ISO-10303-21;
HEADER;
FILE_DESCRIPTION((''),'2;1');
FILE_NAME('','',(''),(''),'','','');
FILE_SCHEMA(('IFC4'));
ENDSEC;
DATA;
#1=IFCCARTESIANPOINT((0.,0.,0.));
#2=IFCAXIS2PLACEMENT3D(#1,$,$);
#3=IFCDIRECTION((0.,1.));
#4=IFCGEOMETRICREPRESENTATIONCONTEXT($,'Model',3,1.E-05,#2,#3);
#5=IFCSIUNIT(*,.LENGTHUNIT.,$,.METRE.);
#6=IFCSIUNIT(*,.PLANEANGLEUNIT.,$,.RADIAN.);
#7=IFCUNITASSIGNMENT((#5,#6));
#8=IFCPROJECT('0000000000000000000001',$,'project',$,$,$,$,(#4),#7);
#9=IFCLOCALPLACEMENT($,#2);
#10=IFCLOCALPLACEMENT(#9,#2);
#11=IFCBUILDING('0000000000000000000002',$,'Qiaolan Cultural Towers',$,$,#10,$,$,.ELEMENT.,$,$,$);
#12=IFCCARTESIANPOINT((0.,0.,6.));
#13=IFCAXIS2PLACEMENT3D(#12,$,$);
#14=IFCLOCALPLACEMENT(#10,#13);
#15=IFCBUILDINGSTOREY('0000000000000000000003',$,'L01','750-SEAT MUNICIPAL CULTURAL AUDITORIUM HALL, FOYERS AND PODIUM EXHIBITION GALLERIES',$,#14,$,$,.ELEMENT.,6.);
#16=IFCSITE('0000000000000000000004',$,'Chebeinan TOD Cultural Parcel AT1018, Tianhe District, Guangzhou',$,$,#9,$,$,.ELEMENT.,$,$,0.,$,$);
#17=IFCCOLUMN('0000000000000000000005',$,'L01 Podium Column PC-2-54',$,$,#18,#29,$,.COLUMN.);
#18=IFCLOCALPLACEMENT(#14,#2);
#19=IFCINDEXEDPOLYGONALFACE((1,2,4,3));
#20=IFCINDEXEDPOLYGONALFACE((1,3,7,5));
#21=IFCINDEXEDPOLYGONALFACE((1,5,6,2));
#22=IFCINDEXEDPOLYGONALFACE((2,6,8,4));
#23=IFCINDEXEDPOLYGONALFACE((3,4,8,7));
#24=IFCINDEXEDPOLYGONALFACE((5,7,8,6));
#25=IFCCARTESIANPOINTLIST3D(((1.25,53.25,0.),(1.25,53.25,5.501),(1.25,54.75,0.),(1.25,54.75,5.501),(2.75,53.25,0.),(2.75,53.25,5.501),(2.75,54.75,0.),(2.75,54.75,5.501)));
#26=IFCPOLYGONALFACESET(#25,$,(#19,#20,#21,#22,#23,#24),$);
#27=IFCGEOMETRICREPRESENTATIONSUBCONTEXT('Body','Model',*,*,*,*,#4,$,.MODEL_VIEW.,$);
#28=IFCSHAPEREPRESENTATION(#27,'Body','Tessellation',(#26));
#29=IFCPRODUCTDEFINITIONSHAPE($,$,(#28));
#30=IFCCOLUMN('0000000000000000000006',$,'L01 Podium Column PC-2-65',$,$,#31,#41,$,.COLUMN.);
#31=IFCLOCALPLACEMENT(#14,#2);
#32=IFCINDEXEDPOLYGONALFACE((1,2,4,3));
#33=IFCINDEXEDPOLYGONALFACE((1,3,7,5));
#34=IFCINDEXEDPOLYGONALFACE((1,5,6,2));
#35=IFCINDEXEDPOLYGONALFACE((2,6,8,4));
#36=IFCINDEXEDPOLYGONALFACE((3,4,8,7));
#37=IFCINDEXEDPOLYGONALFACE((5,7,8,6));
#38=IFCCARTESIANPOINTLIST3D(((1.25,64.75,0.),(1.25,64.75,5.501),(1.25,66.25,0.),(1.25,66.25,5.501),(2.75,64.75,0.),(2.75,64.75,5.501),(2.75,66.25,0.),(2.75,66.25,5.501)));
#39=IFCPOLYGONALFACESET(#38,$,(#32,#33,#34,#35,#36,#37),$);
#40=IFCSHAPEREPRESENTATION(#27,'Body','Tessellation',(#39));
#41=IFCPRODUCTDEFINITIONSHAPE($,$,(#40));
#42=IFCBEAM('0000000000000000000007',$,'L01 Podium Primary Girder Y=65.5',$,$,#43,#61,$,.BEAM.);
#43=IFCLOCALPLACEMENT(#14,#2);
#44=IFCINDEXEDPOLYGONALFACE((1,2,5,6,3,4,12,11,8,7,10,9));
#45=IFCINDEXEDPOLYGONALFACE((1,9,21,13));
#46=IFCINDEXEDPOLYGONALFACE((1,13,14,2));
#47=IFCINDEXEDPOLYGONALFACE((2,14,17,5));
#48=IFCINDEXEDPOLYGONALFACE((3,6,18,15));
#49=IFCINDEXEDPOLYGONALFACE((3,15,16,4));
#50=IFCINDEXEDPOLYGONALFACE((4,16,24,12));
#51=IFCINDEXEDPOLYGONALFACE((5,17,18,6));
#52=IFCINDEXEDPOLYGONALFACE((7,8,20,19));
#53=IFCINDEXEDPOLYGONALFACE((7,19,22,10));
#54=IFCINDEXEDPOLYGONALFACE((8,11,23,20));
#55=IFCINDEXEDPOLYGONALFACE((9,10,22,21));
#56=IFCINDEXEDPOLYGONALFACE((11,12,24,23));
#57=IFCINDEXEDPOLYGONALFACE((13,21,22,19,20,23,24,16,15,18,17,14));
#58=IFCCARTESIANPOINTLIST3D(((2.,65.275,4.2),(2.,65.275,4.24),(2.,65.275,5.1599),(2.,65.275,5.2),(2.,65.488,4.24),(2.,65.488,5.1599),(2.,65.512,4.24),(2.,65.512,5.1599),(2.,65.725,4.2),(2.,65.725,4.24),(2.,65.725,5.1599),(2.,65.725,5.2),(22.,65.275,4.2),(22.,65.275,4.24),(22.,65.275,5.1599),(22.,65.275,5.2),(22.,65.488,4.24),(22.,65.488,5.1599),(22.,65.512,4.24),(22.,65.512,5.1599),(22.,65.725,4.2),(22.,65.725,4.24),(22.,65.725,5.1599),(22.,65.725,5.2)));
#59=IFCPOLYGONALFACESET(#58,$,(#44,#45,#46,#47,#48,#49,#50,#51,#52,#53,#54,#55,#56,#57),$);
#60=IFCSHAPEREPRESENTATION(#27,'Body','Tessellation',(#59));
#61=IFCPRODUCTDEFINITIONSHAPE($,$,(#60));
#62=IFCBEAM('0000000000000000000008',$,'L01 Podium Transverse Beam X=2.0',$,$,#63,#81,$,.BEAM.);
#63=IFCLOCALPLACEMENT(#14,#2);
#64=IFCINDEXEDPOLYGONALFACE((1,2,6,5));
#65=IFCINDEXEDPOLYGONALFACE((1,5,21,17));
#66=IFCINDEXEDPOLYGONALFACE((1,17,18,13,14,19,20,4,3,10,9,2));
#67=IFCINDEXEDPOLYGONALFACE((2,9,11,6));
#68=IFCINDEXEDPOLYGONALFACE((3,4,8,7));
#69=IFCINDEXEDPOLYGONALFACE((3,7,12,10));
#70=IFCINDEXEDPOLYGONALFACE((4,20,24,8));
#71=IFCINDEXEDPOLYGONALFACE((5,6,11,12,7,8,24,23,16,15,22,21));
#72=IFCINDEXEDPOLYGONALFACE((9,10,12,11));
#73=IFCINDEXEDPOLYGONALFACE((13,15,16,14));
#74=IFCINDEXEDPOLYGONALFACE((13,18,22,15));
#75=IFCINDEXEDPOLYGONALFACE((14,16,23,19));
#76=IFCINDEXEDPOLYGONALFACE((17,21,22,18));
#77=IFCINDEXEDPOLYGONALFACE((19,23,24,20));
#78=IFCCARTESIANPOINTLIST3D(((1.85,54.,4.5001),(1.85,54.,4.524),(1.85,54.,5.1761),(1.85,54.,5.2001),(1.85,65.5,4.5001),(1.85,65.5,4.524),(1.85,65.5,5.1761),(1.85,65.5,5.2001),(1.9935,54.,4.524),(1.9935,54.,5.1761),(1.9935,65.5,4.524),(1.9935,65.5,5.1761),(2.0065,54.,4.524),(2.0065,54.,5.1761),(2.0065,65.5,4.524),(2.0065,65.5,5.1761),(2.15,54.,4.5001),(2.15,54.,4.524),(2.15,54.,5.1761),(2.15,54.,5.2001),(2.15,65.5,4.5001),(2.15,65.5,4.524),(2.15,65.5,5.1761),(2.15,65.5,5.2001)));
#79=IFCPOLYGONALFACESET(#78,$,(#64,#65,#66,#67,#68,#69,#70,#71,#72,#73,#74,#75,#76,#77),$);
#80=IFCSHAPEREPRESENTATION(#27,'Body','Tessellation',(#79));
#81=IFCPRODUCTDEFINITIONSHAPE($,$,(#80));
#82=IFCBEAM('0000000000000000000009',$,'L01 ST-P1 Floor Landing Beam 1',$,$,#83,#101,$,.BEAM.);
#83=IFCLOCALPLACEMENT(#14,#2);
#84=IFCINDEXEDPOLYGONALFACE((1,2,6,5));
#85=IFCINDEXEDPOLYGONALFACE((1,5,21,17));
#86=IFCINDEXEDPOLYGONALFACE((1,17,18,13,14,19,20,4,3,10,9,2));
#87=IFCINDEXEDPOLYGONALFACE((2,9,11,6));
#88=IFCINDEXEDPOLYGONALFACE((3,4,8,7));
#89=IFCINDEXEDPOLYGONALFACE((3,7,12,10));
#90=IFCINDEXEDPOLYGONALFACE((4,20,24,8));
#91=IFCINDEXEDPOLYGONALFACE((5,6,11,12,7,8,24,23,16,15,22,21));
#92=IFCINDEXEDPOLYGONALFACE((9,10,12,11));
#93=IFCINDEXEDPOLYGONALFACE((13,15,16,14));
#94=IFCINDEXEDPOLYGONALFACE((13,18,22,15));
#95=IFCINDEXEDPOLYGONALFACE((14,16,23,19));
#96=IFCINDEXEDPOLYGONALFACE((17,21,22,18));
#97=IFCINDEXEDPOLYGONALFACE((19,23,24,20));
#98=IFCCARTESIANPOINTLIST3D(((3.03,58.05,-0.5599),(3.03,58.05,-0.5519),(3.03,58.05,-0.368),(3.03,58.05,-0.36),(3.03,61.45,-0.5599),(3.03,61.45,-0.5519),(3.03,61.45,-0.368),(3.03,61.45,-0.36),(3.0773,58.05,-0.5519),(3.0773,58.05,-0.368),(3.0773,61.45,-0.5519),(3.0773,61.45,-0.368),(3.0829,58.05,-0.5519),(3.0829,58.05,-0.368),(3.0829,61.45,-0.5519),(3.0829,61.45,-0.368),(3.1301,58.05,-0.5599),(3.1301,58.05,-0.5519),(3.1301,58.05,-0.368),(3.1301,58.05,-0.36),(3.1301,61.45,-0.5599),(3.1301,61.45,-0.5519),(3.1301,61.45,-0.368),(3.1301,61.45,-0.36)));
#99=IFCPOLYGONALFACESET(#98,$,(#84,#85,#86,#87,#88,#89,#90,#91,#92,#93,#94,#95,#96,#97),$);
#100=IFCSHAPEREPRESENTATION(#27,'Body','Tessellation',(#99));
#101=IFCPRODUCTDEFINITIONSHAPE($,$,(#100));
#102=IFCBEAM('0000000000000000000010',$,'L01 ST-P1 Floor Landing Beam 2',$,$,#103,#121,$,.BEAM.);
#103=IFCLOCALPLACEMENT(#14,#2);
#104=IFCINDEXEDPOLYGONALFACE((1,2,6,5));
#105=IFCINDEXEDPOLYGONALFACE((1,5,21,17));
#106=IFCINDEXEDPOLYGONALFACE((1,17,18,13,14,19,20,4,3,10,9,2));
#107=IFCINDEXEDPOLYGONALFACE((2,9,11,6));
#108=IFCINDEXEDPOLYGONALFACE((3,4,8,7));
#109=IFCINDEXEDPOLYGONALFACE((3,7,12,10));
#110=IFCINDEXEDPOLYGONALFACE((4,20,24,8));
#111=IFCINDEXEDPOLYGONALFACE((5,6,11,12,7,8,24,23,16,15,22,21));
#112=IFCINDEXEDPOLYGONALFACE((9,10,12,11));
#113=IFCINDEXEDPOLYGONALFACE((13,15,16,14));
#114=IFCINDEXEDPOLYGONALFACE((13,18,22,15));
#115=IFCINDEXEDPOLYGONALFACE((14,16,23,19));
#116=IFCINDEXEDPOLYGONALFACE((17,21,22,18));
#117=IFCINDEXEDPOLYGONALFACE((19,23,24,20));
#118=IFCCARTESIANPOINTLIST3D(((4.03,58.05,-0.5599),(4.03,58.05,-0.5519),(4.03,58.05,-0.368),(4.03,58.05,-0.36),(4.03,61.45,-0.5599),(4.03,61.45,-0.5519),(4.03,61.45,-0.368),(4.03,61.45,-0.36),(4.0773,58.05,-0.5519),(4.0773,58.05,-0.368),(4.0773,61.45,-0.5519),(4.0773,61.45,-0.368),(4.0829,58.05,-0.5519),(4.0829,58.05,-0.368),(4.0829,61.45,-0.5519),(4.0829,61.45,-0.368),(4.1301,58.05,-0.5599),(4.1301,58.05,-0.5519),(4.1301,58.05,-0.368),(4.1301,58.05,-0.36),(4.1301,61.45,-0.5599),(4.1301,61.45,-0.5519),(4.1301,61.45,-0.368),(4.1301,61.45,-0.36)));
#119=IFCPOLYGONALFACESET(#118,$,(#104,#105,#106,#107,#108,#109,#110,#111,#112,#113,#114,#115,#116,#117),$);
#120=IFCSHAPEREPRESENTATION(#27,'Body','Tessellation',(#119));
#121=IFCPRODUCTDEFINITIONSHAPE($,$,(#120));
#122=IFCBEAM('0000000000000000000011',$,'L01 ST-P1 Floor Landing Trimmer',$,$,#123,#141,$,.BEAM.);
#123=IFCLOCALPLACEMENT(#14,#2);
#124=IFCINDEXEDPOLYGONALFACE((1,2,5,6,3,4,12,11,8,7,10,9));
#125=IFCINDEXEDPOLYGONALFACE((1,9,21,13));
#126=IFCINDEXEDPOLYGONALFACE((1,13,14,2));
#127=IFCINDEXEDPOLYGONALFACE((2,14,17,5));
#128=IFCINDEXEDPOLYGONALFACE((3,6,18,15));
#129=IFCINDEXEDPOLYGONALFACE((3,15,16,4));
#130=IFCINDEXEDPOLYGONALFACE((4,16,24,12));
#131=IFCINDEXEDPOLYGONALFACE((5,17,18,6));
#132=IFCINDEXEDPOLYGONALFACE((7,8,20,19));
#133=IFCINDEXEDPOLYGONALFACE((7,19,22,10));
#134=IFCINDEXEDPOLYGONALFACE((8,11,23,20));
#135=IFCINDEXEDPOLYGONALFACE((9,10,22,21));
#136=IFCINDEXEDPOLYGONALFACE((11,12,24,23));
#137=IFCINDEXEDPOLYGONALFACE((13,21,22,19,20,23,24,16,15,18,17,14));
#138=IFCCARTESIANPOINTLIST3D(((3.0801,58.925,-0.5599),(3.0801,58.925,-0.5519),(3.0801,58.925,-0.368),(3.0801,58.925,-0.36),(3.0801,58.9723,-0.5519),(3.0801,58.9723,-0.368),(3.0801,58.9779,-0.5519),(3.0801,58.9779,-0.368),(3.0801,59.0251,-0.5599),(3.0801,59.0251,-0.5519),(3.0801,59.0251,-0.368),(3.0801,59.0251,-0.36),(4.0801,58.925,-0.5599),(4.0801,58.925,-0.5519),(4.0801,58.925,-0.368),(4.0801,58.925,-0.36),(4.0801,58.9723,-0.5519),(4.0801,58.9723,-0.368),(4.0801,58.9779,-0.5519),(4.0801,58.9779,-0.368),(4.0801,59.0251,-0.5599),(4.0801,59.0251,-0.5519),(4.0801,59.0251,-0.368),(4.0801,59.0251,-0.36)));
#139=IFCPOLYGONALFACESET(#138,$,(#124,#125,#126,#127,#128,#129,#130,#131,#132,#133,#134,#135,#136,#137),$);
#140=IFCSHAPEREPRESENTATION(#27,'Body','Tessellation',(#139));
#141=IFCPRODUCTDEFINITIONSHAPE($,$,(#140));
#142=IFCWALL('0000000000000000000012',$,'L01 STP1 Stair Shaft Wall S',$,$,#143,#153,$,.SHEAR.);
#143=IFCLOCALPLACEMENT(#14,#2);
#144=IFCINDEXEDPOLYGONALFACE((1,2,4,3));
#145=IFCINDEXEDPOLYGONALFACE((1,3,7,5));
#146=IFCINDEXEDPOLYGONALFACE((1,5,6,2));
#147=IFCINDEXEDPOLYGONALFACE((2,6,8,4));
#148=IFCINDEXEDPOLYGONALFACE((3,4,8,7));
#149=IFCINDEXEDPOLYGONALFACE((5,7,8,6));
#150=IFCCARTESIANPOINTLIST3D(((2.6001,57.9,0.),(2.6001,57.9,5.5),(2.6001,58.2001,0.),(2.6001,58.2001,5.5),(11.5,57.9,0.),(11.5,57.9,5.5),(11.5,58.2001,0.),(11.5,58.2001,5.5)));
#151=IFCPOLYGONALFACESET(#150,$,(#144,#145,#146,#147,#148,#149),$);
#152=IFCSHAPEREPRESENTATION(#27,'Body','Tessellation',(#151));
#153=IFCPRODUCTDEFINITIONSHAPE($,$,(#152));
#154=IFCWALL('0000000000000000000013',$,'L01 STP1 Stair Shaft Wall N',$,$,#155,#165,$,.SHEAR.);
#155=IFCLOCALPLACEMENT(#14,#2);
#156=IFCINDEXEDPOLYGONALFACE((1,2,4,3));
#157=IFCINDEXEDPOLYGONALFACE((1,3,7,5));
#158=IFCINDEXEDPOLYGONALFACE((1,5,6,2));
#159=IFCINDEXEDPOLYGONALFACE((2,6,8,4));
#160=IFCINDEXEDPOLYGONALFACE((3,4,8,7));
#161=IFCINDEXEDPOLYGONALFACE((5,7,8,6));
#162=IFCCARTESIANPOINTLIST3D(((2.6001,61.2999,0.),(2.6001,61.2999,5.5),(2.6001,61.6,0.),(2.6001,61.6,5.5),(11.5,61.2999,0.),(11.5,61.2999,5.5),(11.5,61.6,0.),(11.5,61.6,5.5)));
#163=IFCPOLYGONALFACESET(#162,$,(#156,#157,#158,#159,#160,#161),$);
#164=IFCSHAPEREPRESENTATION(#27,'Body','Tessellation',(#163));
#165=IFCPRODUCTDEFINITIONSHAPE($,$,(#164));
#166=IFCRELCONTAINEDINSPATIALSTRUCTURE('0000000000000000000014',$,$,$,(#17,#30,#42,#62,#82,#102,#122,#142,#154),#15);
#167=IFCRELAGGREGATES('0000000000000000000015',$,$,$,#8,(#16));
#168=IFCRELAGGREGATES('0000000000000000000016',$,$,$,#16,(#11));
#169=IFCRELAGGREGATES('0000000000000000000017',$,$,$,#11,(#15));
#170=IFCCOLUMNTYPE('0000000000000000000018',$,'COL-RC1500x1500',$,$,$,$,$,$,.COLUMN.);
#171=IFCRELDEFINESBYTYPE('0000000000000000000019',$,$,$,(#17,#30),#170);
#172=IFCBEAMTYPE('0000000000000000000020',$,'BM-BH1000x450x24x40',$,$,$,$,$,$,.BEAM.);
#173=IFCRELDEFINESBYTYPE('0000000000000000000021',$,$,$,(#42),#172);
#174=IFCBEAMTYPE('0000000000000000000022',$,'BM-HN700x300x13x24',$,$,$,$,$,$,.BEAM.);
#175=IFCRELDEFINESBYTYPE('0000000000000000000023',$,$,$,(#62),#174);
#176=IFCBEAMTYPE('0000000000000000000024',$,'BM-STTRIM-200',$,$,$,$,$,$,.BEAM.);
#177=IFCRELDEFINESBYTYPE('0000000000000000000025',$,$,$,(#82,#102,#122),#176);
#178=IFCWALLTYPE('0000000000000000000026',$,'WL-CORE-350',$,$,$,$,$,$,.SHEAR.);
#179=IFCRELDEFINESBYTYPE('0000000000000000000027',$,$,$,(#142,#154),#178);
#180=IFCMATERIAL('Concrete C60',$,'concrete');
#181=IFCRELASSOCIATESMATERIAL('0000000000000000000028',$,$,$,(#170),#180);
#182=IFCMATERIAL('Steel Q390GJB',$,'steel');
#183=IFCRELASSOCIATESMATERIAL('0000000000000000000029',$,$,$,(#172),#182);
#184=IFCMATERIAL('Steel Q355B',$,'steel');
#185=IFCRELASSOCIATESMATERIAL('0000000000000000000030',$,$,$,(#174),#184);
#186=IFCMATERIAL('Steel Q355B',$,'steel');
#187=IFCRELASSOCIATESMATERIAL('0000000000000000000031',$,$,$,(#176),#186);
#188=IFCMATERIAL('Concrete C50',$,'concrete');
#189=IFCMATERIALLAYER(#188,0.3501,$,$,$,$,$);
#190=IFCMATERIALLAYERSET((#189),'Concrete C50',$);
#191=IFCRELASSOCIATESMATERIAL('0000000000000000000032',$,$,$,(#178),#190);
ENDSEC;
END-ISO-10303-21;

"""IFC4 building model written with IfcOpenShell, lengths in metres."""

from ifc_helpers import new_model, si_unit, direction, frame, frame_2d, origin, origin_2d, place, context, subcontext, project, spatial, rectangle, i_section, extrude, material, layer, layer_set, material_profile, profile_set, type_object, element, save


model = new_model("IFC4")

# Units and contexts
model_context = context("Model", 3, precision=1e-05, world=origin(), true_north=direction((0.0, 1.0)))
body_context = subcontext(model_context, "Body", "Model", "MODEL_VIEW")
ifc_project = project(units=[si_unit("LENGTHUNIT", "METRE"), si_unit("PLANEANGLEUNIT", "RADIAN")], contexts=[model_context])

# Site, building, storey
site_placement = place(None, origin())
site = spatial("IfcSite", under=ifc_project, at=site_placement, Name="Chebeinan TOD Cultural Parcel AT1018, Tianhe District, Guangzhou", CompositionType="ELEMENT", RefElevation=0.0)
building_placement = place(site_placement, origin())
building = spatial("IfcBuilding", under=site, at=building_placement, Name="Qiaolan Cultural Towers", CompositionType="ELEMENT")
storey_placement = place(building_placement, frame((0.0, 0.0, 6.0)))
storey = spatial("IfcBuildingStorey", under=building, at=storey_placement, Name="L01", Description="750-SEAT MUNICIPAL CULTURAL AUDITORIUM HALL, FOYERS AND PODIUM EXHIBITION GALLERIES", CompositionType="ELEMENT", Elevation=6.0)

# Columns
ifc_material_1 = material(Name="Concrete C60", Category="concrete")
ifc_material_profile_1 = material_profile(ifc_material_1, rectangle(XDim=1.5, YDim=1.5, at=origin_2d()), Name="RC1500x1500")
ifc_profile_set_1 = profile_set([ifc_material_profile_1], Name="Concrete C60")
column_type = type_object("IfcColumnType", Name="COL-RC1500x1500", PredefinedType="COLUMN", material=ifc_profile_set_1)
for number, where, z_axis, x_axis, name in (
    (1, (2.0, 54.0, 0.0), (0.0, 0.0, 1.0), (1.0, 0.0, 0.0), "L01 Podium Column PC-2-54"),
    (2, (2.0, 65.5, 0.0), (0.0, 0.0, 1.0), (1.0, 0.0, 0.0), "L01 Podium Column PC-2-65"),
):
    element("IfcColumn", number, at=place(storey_placement, frame(where, z_axis=z_axis, x_axis=x_axis)), inside=storey, type_object=column_type, Name=name, PredefinedType="COLUMN", context=body_context, shape_type="SweptSolid", body=[
        extrude(rectangle(XDim=1.5, YDim=1.5, at=origin_2d()), origin(), (0.0, 0.0, 1.0), 5.501),
    ])

# Beams
ifc_material_2 = material(Name="Steel Q390GJB", Category="steel")
ifc_material_profile_2 = material_profile(ifc_material_2, i_section(OverallWidth=0.45, OverallDepth=1.0, WebThickness=0.0239, FlangeThickness=0.04, at=origin_2d()), Name="BH1000x450x24x40")
ifc_profile_set_2 = profile_set([ifc_material_profile_2], Name="Steel Q390GJB")
beam_type_1 = type_object("IfcBeamType", Name="BM-BH1000x450x24x40", PredefinedType="BEAM", material=ifc_profile_set_2)
beam_1_placement = place(storey_placement, frame((2.0, 65.5, 4.7), z_axis=(1.0, 0.0, 0.0), x_axis=(0.0, 1.0, 0.0)))
element("IfcBeam", 3, at=beam_1_placement, inside=storey, type_object=beam_type_1, Name="L01 Podium Primary Girder Y=65.5", PredefinedType="BEAM", context=body_context, shape_type="SweptSolid", body=[
    extrude(i_section(OverallWidth=0.45, OverallDepth=1.0, WebThickness=0.0239, FlangeThickness=0.04, at=origin_2d()), origin(), (0.0, 0.0, 1.0), 20.0),
])
ifc_material_3 = material(Name="Steel Q355B", Category="steel")
ifc_material_profile_3 = material_profile(ifc_material_3, i_section(OverallWidth=0.3, OverallDepth=0.7, WebThickness=0.0129, FlangeThickness=0.0239, at=origin_2d()), Name="HN700x300x13x24")
ifc_profile_set_3 = profile_set([ifc_material_profile_3], Name="Steel Q355B")
beam_type_2 = type_object("IfcBeamType", Name="BM-HN700x300x13x24", PredefinedType="BEAM", material=ifc_profile_set_3)
beam_2_placement = place(storey_placement, frame((2.0, 54.0, 4.8501), z_axis=(0.0, 1.0, 0.0), x_axis=(-1.0, 0.0, 0.0)))
element("IfcBeam", 4, at=beam_2_placement, inside=storey, type_object=beam_type_2, Name="L01 Podium Transverse Beam X=2.0", PredefinedType="BEAM", context=body_context, shape_type="SweptSolid", body=[
    extrude(i_section(OverallWidth=0.3, OverallDepth=0.7, WebThickness=0.0129, FlangeThickness=0.0239, at=origin_2d()), origin(), (0.0, 0.0, 1.0), 11.5),
])
ifc_material_4 = material(Name="Steel Q355B", Category="steel")
ifc_material_profile_4 = material_profile(ifc_material_4, i_section(OverallWidth=0.1001, OverallDepth=0.2, WebThickness=0.0056, FlangeThickness=0.0081, at=origin_2d()), Name="HN200x100x5.5x8")
ifc_profile_set_4 = profile_set([ifc_material_profile_4], Name="Steel Q355B")
beam_type_3 = type_object("IfcBeamType", Name="BM-STTRIM-200", PredefinedType="BEAM", material=ifc_profile_set_4)
for number, where, z_axis, x_axis, name in (
    (5, (3.0801, 58.05, -0.46), (0.0, 1.0, 0.0), (-1.0, 0.0, 0.0), "L01 ST-P1 Floor Landing Beam 1"),
    (6, (4.0801, 58.05, -0.46), (0.0, 1.0, 0.0), (-1.0, 0.0, 0.0), "L01 ST-P1 Floor Landing Beam 2"),
):
    element("IfcBeam", number, at=place(storey_placement, frame(where, z_axis=z_axis, x_axis=x_axis)), inside=storey, type_object=beam_type_3, Name=name, PredefinedType="BEAM", context=body_context, shape_type="SweptSolid", body=[
        extrude(i_section(OverallWidth=0.1001, OverallDepth=0.2, WebThickness=0.0056, FlangeThickness=0.0081, at=origin_2d()), origin(), (0.0, 0.0, 1.0), 3.3999),
    ])
beam_3_placement = place(storey_placement, frame((3.0801, 58.9751, -0.46), z_axis=(1.0, 0.0, 0.0), x_axis=(0.0, 1.0, 0.0)))
element("IfcBeam", 7, at=beam_3_placement, inside=storey, type_object=beam_type_3, Name="L01 ST-P1 Floor Landing Trimmer", PredefinedType="BEAM", context=body_context, shape_type="SweptSolid", body=[
    extrude(i_section(OverallWidth=0.1001, OverallDepth=0.2, WebThickness=0.0056, FlangeThickness=0.0081, at=origin_2d()), origin(), (0.0, 0.0, 1.0), 1.0),
])

# Walls
ifc_material_5 = material(Name="Concrete C50", Category="concrete")
ifc_layer_1 = layer(ifc_material_5, 0.3501)
ifc_layer_set_1 = layer_set([ifc_layer_1], Name="Concrete C50")
wall_type_1 = type_object("IfcWallType", Name="WL-CORE-350", PredefinedType="SHEAR", material=ifc_layer_set_1)
for number, where, z_axis, x_axis, name in (
    (8, (2.6001, 58.05, 0.0), (0.0, 0.0, 1.0), (1.0, 0.0, 0.0), "L01 STP1 Stair Shaft Wall S"),
    (9, (2.6001, 61.45, 0.0), (0.0, 0.0, 1.0), (1.0, 0.0, 0.0), "L01 STP1 Stair Shaft Wall N"),
):
    element("IfcWall", number, at=place(storey_placement, frame(where, z_axis=z_axis, x_axis=x_axis)), inside=storey, type_object=wall_type_1, Name=name, PredefinedType="SHEAR", context=body_context, shape_type="SweptSolid", body=[
        extrude(rectangle(XDim=8.8999, YDim=0.3, at=frame_2d((4.45, 0.0))), origin(), (0.0, 0.0, 1.0), 5.5),
    ])

save(model, "model.ifc")
